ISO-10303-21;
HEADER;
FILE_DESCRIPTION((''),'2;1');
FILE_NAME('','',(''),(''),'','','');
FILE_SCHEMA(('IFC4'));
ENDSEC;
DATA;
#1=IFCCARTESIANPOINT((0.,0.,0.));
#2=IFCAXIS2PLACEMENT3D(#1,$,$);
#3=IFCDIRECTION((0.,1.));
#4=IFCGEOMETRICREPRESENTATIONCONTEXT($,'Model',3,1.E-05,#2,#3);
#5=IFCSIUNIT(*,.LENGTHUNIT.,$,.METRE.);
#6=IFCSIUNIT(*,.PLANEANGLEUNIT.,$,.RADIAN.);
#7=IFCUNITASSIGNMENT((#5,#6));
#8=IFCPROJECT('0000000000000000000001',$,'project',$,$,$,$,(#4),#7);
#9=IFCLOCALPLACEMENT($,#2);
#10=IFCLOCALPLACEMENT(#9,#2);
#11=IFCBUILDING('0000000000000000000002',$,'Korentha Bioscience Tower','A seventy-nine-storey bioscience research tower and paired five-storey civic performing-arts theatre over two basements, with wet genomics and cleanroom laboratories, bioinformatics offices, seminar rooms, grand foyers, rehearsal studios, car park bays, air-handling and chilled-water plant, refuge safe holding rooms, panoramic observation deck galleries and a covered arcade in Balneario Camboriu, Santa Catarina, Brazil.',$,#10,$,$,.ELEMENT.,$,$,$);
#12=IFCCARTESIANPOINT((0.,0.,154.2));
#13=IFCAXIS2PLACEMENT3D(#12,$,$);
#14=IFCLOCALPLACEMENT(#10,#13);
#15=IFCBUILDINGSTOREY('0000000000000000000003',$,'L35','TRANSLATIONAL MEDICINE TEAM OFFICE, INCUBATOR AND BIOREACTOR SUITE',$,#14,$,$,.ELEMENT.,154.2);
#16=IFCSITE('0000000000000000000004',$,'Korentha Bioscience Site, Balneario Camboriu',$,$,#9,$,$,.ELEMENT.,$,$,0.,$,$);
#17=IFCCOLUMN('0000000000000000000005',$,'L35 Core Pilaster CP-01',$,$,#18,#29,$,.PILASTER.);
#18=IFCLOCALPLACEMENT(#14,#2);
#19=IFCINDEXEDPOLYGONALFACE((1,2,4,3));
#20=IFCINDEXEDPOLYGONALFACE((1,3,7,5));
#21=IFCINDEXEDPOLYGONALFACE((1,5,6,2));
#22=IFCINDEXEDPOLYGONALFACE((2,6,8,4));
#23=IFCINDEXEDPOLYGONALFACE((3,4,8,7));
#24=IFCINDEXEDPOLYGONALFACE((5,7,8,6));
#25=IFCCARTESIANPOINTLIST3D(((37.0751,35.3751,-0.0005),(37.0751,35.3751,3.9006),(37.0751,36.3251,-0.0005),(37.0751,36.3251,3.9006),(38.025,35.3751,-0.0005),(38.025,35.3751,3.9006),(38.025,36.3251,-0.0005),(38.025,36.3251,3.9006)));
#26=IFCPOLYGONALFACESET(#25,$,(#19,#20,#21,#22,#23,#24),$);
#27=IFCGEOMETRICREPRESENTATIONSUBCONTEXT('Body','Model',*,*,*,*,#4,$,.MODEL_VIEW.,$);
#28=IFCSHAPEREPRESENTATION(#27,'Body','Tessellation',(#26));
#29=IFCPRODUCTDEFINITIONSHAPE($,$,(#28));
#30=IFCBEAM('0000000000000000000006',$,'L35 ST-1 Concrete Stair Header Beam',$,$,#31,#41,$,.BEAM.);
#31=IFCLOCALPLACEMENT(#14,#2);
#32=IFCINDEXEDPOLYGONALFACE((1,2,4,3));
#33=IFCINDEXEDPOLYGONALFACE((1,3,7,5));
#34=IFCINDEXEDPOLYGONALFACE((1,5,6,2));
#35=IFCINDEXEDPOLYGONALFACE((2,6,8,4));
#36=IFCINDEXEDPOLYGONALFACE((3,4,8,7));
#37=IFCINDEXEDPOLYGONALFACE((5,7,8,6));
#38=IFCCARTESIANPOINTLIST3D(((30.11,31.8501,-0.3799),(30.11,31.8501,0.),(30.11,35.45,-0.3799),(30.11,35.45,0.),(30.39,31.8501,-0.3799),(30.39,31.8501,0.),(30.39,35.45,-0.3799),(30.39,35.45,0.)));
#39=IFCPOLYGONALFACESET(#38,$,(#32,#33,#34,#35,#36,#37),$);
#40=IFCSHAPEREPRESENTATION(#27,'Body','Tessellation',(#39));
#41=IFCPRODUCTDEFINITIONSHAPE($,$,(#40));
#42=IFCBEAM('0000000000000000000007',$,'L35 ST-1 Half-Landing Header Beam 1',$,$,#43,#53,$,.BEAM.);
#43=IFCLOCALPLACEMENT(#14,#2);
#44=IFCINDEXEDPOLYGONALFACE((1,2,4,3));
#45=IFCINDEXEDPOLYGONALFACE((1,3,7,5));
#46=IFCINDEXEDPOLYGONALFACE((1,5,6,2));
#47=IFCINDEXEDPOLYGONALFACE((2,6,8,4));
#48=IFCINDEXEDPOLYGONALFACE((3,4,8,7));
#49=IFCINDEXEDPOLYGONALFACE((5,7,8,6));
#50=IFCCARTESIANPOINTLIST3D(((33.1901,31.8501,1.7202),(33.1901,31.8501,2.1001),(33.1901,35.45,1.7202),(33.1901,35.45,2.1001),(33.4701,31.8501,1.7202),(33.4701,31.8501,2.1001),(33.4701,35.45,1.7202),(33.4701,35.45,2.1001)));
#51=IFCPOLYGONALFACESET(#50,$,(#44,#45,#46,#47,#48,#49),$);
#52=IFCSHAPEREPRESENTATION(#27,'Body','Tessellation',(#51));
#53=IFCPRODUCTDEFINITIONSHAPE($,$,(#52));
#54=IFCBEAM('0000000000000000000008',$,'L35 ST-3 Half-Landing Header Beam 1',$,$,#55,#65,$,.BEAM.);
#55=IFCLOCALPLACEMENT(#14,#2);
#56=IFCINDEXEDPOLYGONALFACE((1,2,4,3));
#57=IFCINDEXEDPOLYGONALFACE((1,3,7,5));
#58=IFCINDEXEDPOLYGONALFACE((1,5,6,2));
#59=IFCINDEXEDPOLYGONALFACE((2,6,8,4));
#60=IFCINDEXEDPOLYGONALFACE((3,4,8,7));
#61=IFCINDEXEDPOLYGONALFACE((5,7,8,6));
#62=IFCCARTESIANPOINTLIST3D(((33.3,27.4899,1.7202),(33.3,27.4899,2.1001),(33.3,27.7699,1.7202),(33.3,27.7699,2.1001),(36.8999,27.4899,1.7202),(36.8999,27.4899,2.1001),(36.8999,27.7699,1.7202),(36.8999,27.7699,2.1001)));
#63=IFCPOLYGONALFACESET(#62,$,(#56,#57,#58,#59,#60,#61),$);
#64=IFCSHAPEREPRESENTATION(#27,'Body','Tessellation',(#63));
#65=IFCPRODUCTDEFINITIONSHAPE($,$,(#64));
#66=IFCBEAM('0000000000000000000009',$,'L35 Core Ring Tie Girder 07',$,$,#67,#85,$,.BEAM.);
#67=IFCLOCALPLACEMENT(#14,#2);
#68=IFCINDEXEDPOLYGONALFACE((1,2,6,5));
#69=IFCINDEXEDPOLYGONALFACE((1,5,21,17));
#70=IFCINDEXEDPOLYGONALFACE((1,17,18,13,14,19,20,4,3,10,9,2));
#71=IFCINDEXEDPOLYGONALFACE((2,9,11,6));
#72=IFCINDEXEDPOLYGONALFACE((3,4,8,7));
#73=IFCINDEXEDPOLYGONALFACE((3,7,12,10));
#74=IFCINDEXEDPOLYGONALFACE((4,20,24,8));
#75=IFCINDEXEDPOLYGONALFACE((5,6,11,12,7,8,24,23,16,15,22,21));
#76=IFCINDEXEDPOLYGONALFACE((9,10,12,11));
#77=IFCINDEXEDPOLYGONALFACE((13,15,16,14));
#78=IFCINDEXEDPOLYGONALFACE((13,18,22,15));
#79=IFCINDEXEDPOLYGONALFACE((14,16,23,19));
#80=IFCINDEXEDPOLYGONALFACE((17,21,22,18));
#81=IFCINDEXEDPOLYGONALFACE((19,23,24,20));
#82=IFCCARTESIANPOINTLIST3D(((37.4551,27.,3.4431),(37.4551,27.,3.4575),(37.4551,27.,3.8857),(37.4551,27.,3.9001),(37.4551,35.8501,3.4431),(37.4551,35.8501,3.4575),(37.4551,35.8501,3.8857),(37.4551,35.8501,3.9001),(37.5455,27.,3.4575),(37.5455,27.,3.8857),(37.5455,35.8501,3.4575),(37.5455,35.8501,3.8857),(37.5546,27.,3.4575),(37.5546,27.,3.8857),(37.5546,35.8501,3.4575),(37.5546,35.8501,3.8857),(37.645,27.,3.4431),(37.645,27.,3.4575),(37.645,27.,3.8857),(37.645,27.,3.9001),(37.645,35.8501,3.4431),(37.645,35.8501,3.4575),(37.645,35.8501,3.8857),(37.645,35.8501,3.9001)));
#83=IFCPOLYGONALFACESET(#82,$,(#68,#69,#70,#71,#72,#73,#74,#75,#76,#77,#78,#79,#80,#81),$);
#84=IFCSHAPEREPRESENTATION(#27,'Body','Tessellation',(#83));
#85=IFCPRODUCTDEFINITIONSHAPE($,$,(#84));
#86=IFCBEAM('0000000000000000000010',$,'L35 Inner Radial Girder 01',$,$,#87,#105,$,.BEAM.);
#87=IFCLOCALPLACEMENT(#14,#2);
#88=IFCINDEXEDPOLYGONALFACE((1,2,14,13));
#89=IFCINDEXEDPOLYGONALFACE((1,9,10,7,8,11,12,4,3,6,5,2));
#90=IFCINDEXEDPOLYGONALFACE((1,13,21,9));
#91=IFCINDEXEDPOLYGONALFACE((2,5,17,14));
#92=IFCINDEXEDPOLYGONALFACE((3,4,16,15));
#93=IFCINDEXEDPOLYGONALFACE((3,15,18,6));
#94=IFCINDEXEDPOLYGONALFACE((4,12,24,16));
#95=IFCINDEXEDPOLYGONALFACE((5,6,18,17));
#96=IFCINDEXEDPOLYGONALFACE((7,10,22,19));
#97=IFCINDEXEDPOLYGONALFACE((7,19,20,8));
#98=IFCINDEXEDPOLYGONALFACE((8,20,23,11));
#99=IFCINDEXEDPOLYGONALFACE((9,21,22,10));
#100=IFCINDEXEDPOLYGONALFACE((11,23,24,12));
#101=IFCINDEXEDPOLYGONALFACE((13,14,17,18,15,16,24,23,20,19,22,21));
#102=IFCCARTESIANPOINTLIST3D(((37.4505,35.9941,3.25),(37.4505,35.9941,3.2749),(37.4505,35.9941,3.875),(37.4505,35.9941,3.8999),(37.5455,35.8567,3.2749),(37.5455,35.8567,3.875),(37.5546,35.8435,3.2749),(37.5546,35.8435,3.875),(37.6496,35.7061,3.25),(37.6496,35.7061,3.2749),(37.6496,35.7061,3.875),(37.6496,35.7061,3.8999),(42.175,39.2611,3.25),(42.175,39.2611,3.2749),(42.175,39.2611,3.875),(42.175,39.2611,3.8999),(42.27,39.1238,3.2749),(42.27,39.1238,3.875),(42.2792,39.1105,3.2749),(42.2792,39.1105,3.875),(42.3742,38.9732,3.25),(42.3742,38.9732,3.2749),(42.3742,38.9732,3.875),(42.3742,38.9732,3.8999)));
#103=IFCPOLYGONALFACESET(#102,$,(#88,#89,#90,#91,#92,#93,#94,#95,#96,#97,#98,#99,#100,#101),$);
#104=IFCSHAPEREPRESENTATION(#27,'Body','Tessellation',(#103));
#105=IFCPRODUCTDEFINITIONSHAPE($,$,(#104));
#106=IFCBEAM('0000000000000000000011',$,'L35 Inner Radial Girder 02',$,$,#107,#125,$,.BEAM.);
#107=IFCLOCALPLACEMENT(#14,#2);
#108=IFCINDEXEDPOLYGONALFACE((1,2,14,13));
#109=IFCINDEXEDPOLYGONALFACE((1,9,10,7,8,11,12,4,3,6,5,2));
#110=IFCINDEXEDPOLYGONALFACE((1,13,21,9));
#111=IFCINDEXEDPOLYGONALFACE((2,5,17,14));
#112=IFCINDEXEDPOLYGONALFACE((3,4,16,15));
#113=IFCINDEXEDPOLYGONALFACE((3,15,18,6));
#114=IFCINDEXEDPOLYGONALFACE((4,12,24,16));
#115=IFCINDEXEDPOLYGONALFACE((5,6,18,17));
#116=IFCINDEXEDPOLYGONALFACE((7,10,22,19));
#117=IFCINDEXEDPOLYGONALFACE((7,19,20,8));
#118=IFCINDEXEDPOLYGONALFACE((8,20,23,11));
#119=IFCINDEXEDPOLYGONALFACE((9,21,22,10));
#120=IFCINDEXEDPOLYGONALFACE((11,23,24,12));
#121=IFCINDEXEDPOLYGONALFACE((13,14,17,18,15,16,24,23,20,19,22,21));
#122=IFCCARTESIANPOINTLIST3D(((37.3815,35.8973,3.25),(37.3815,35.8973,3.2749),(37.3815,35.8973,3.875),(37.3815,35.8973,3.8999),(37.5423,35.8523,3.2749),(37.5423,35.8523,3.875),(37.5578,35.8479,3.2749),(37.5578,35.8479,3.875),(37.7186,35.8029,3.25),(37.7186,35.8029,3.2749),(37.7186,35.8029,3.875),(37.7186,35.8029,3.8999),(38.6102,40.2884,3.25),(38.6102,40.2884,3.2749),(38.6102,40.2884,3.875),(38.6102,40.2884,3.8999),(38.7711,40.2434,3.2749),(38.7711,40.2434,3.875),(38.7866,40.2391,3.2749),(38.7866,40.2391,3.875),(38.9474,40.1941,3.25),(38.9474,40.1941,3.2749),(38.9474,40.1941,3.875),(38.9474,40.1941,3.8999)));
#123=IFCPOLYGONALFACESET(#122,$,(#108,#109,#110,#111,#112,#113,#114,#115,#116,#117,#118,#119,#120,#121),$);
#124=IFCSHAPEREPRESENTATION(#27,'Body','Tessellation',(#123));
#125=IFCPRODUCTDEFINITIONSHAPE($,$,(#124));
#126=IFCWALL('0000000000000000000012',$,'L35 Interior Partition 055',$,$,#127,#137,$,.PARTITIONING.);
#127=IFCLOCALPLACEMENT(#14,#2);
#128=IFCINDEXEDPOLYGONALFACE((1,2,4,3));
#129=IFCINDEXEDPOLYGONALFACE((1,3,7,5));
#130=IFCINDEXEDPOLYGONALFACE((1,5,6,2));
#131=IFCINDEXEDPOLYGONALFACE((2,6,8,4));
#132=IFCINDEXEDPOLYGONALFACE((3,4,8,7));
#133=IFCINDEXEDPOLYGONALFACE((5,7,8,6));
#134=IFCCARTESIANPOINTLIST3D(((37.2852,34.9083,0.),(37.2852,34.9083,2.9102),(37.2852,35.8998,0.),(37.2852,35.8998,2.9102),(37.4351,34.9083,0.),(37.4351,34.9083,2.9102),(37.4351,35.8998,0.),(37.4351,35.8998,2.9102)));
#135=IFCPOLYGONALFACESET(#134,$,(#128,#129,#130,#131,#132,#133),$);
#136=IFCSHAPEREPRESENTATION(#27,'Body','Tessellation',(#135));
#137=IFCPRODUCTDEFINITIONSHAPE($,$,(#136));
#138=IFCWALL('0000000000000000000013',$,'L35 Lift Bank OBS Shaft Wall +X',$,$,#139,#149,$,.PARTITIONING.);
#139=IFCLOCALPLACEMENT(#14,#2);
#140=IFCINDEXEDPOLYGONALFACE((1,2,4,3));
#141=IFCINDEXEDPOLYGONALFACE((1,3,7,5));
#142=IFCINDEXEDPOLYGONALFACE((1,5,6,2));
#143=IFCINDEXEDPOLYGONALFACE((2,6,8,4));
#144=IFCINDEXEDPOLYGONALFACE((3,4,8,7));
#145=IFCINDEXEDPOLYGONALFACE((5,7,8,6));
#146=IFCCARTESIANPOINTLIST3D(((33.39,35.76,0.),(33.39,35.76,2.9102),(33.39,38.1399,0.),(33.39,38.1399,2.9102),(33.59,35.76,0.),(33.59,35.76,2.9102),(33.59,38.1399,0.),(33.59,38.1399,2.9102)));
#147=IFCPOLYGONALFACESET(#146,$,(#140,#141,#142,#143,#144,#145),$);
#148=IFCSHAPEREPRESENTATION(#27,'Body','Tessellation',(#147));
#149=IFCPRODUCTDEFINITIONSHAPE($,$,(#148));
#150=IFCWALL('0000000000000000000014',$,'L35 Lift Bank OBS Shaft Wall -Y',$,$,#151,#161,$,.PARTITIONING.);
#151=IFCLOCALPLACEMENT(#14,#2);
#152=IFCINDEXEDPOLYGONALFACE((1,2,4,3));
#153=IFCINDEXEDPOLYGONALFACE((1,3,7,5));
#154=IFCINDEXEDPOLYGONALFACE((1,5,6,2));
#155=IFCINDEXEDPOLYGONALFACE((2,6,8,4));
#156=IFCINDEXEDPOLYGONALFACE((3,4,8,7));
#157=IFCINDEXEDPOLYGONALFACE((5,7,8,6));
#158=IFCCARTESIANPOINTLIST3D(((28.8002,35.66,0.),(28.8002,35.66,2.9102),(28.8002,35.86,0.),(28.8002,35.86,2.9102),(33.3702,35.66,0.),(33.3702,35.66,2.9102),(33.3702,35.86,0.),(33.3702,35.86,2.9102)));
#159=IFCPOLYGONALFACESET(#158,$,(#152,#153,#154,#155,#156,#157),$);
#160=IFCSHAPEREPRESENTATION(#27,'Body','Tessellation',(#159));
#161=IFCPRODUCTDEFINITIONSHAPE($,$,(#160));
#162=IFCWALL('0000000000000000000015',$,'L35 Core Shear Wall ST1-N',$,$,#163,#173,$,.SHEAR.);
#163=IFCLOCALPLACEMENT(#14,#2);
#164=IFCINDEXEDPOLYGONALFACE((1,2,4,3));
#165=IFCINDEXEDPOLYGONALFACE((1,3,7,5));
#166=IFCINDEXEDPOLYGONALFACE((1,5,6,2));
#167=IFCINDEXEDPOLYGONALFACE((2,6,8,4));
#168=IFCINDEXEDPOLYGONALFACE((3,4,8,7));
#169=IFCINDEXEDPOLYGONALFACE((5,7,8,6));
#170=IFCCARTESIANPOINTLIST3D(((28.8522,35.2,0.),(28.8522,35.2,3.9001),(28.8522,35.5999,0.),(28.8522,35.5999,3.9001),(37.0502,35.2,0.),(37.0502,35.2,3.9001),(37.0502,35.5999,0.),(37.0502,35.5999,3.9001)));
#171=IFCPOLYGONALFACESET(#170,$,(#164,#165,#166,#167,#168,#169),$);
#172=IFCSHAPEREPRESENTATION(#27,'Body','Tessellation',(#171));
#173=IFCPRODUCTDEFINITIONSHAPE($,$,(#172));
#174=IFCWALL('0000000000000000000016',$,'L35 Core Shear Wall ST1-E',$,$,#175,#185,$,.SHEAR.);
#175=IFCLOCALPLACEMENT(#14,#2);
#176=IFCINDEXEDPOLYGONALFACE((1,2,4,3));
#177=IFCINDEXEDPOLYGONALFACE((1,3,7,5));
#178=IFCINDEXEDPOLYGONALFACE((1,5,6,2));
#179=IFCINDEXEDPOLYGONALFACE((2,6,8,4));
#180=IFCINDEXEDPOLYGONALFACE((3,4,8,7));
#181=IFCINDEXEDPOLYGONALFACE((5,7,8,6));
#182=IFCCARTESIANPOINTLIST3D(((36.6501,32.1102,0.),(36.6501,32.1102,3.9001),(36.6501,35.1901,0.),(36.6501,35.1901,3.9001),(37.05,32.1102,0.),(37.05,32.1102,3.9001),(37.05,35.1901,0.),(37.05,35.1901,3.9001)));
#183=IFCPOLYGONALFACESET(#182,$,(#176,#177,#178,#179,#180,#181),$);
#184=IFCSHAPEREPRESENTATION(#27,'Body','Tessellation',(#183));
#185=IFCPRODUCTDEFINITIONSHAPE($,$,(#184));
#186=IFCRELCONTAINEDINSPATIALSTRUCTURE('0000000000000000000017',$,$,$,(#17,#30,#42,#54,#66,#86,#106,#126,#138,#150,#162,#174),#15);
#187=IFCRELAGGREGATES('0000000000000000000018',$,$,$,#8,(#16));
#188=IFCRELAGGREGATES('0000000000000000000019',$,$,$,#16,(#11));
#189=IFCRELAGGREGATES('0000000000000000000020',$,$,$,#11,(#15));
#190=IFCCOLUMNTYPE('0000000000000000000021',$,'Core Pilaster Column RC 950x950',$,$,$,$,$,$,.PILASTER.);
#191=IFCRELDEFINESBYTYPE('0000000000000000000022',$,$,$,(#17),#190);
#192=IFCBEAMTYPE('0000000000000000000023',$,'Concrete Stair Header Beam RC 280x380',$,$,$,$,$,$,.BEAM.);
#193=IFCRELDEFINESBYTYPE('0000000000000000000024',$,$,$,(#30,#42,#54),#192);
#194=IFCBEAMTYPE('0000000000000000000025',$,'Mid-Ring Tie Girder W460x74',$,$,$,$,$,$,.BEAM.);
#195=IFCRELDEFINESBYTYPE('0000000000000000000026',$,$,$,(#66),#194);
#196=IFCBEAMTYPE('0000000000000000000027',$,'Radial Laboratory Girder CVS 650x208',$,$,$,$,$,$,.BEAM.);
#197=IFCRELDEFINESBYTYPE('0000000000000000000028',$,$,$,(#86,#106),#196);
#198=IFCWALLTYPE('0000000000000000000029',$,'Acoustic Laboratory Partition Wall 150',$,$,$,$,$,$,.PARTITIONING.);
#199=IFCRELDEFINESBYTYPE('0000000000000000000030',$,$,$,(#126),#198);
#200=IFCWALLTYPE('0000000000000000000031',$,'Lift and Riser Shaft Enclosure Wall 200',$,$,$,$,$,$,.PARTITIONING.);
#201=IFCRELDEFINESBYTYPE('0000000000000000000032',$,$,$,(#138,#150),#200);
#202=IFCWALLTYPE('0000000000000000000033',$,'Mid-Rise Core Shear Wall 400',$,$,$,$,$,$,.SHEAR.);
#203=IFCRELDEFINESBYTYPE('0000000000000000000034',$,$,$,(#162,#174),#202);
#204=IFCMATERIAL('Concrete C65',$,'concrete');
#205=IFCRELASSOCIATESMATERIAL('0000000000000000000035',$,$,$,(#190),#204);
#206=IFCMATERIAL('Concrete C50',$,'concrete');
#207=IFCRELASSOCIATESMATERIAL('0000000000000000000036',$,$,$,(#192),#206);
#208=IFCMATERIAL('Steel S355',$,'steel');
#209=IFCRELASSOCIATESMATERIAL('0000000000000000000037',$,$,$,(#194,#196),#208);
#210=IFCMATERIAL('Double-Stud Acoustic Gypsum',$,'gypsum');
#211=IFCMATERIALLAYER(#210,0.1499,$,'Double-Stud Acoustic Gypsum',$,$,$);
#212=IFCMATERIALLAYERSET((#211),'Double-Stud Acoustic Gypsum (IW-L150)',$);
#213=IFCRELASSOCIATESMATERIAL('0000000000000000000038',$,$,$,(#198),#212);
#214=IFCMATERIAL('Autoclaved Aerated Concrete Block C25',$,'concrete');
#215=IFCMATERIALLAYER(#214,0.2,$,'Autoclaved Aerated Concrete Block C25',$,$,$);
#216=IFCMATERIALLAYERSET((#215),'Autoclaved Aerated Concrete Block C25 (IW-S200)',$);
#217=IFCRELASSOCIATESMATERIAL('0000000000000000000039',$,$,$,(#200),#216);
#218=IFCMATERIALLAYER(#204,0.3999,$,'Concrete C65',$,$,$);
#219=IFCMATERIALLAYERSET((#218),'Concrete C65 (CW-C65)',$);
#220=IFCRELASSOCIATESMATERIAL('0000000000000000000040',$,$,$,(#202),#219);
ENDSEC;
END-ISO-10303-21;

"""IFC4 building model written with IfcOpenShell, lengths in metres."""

from ifc_helpers import new_model, si_unit, direction, frame, frame_2d, origin, origin_2d, place, context, subcontext, project, spatial, rectangle, i_section, extrude, material, layer, layer_set, material_profile, profile_set, type_object, element, save


model = new_model("IFC4")

# Units and contexts
model_context = context("Model", 3, precision=1e-05, world=origin(), true_north=direction((0.0, 1.0)))
body_context = subcontext(model_context, "Body", "Model", "MODEL_VIEW")
ifc_project = project(units=[si_unit("LENGTHUNIT", "METRE"), si_unit("PLANEANGLEUNIT", "RADIAN")], contexts=[model_context])

# Site, building, storey
site_placement = place(None, origin())
site = spatial("IfcSite", under=ifc_project, at=site_placement, Name="Korentha Bioscience Site, Balneario Camboriu", CompositionType="ELEMENT", RefElevation=0.0)
building_placement = place(site_placement, origin())
building = spatial("IfcBuilding", under=site, at=building_placement, Name="Korentha Bioscience Tower", Description="A seventy-nine-storey bioscience research tower and paired five-storey civic performing-arts theatre over two basements, with wet genomics and cleanroom laboratories, bioinformatics offices, seminar rooms, grand foyers, rehearsal studios, car park bays, air-handling and chilled-water plant, refuge safe holding rooms, panoramic observation deck galleries and a covered arcade in Balneario Camboriu, Santa Catarina, Brazil.", CompositionType="ELEMENT")
storey_placement = place(building_placement, frame((0.0, 0.0, 154.2)))
storey = spatial("IfcBuildingStorey", under=building, at=storey_placement, Name="L35", Description="TRANSLATIONAL MEDICINE TEAM OFFICE, INCUBATOR AND BIOREACTOR SUITE", CompositionType="ELEMENT", Elevation=154.2)

# Column
ifc_material_1 = material(Name="Concrete C65", Category="concrete")
ifc_material_profile_1 = material_profile(ifc_material_1, rectangle(XDim=0.95, YDim=0.95, at=origin_2d()), Name="Concrete C65")
ifc_profile_set_1 = profile_set([ifc_material_profile_1], Name="Concrete C65 (COL-CP09)")
column_type = type_object("IfcColumnType", Name="Core Pilaster Column RC 950x950", PredefinedType="PILASTER", material=ifc_profile_set_1)
column_placement = place(storey_placement, frame((37.55, 35.8501, -0.0005), z_axis=(0.0, 0.0, 1.0), x_axis=(1.0, 0.0, 0.0)))
element("IfcColumn", 1, at=column_placement, inside=storey, type_object=column_type, Name="L35 Core Pilaster CP-01", PredefinedType="PILASTER", context=body_context, shape_type="SweptSolid", body=[
    extrude(rectangle(XDim=0.95, YDim=0.95, at=origin_2d()), origin(), (0.0, 0.0, 1.0), 3.9011),
])

# Beams
ifc_material_2 = material(Name="Concrete C50", Category="concrete")
ifc_material_profile_2 = material_profile(ifc_material_2, rectangle(XDim=0.28, YDim=0.3799, at=origin_2d()), Name="Concrete C50")
ifc_profile_set_2 = profile_set([ifc_material_profile_2], Name="Concrete C50 (ST-HB380)")
beam_type_1 = type_object("IfcBeamType", Name="Concrete Stair Header Beam RC 280x380", PredefinedType="BEAM", material=ifc_profile_set_2)
for number, where, z_axis, x_axis, name in (
    (2, (30.25, 31.8501, -0.1899), (0.0, 1.0, 0.0), (-1.0, 0.0, 0.0), "L35 ST-1 Concrete Stair Header Beam"),
    (3, (33.3301, 31.8501, 1.9102), (0.0, 1.0, 0.0), (-1.0, 0.0, 0.0), "L35 ST-1 Half-Landing Header Beam 1"),
    (4, (36.8999, 27.6299, 1.9102), (-1.0, 0.0, 0.0), (0.0, -1.0, 0.0), "L35 ST-3 Half-Landing Header Beam 1"),
):
    element("IfcBeam", number, at=place(storey_placement, frame(where, z_axis=z_axis, x_axis=x_axis)), inside=storey, type_object=beam_type_1, Name=name, PredefinedType="BEAM", context=body_context, shape_type="SweptSolid", body=[
        extrude(rectangle(XDim=0.28, YDim=0.3799, at=origin_2d()), origin(), (0.0, 0.0, 1.0), 3.5999),
    ])
ifc_material_3 = material(Name="Steel S355", Category="steel")
ifc_material_profile_3 = material_profile(ifc_material_3, i_section(OverallWidth=0.1899, OverallDepth=0.457, WebThickness=0.009, FlangeThickness=0.0144, at=origin_2d()), Name="Steel S355")
ifc_profile_set_3 = profile_set([ifc_material_profile_3], Name="Steel S355 (MB-460)")
beam_type_2 = type_object("IfcBeamType", Name="Mid-Ring Tie Girder W460x74", PredefinedType="BEAM", material=ifc_profile_set_3)
beam_1_placement = place(storey_placement, frame((37.55, 27.0, 3.6716), z_axis=(0.0, 1.0, 0.0), x_axis=(-1.0, 0.0, 0.0)))
element("IfcBeam", 5, at=beam_1_placement, inside=storey, type_object=beam_type_2, Name="L35 Core Ring Tie Girder 07", PredefinedType="BEAM", context=body_context, shape_type="SweptSolid", body=[
    extrude(i_section(OverallWidth=0.1899, OverallDepth=0.457, WebThickness=0.009, FlangeThickness=0.0144, at=origin_2d()), origin(), (0.0, 0.0, 1.0), 8.8501),
])
ifc_material_profile_4 = material_profile(ifc_material_3, i_section(OverallWidth=0.3501, OverallDepth=0.6499, WebThickness=0.0161, FlangeThickness=0.0249, at=origin_2d()), Name="Steel S355")
ifc_profile_set_4 = profile_set([ifc_material_profile_4], Name="Steel S355 (RB-650)")
beam_type_3 = type_object("IfcBeamType", Name="Radial Laboratory Girder CVS 650x208", PredefinedType="BEAM", material=ifc_profile_set_4)
beam_2_placement = place(storey_placement, frame((37.55, 35.8501, 3.575), z_axis=(0.822501, 0.568763, 0.0), x_axis=(-0.568763, 0.822501, 0.0)))
element("IfcBeam", 6, at=beam_2_placement, inside=storey, type_object=beam_type_3, Name="L35 Inner Radial Girder 01", PredefinedType="BEAM", context=body_context, shape_type="SweptSolid", body=[
    extrude(i_section(OverallWidth=0.3501, OverallDepth=0.6499, WebThickness=0.0161, FlangeThickness=0.0249, at=origin_2d()), origin(), (0.0, 0.0, 1.0), 5.7441),
])
beam_3_placement = place(storey_placement, frame((37.55, 35.8501, 3.575), z_axis=(0.269477, 0.963007, 0.0), x_axis=(-0.963007, 0.269477, 0.0)))
element("IfcBeam", 7, at=beam_3_placement, inside=storey, type_object=beam_type_3, Name="L35 Inner Radial Girder 02", PredefinedType="BEAM", context=body_context, shape_type="SweptSolid", body=[
    extrude(i_section(OverallWidth=0.3501, OverallDepth=0.6499, WebThickness=0.0161, FlangeThickness=0.0249, at=origin_2d()), origin(), (0.0, 0.0, 1.0), 4.5598),
])

# Walls
ifc_material_4 = material(Name="Double-Stud Acoustic Gypsum", Category="gypsum")
ifc_layer_1 = layer(ifc_material_4, 0.1499, Name="Double-Stud Acoustic Gypsum")
ifc_layer_set_1 = layer_set([ifc_layer_1], Name="Double-Stud Acoustic Gypsum (IW-L150)")
wall_type_1 = type_object("IfcWallType", Name="Acoustic Laboratory Partition Wall 150", PredefinedType="PARTITIONING", material=ifc_layer_set_1)
wall_1_placement = place(storey_placement, frame((37.3601, 34.9084, 0.0), z_axis=(0.0, 0.0, 1.0), x_axis=(0.0, 1.0, 0.0)))
element("IfcWall", 8, at=wall_1_placement, inside=storey, type_object=wall_type_1, Name="L35 Interior Partition 055", PredefinedType="PARTITIONING", context=body_context, shape_type="SweptSolid", body=[
    extrude(rectangle(XDim=0.9915, YDim=0.1499, at=frame_2d((0.4956, 0.0))), origin(), (0.0, 0.0, 1.0), 2.9102),
])
ifc_material_5 = material(Name="Autoclaved Aerated Concrete Block C25", Category="concrete")
ifc_layer_2 = layer(ifc_material_5, 0.2, Name="Autoclaved Aerated Concrete Block C25")
ifc_layer_set_2 = layer_set([ifc_layer_2], Name="Autoclaved Aerated Concrete Block C25 (IW-S200)")
wall_type_2 = type_object("IfcWallType", Name="Lift and Riser Shaft Enclosure Wall 200", PredefinedType="PARTITIONING", material=ifc_layer_set_2)
wall_2_placement = place(storey_placement, frame((33.49, 35.76, 0.0), z_axis=(0.0, 0.0, 1.0), x_axis=(0.0, 1.0, 0.0)))
element("IfcWall", 9, at=wall_2_placement, inside=storey, type_object=wall_type_2, Name="L35 Lift Bank OBS Shaft Wall +X", PredefinedType="PARTITIONING", context=body_context, shape_type="SweptSolid", body=[
    extrude(rectangle(XDim=2.3799, YDim=0.2, at=frame_2d((1.1899, 0.0))), origin(), (0.0, 0.0, 1.0), 2.9102),
])
wall_3_placement = place(storey_placement, frame((28.8, 35.76, 0.0), z_axis=(0.0, 0.0, 1.0), x_axis=(1.0, 0.0, 0.0)))
element("IfcWall", 10, at=wall_3_placement, inside=storey, type_object=wall_type_2, Name="L35 Lift Bank OBS Shaft Wall -Y", PredefinedType="PARTITIONING", context=body_context, shape_type="SweptSolid", body=[
    extrude(rectangle(XDim=4.5701, YDim=0.2, at=frame_2d((2.2852, 0.0))), origin(), (0.0, 0.0, 1.0), 2.9102),
])
ifc_layer_3 = layer(ifc_material_1, 0.3999, Name="Concrete C65")
ifc_layer_set_3 = layer_set([ifc_layer_3], Name="Concrete C65 (CW-C65)")
wall_type_3 = type_object("IfcWallType", Name="Mid-Rise Core Shear Wall 400", PredefinedType="SHEAR", material=ifc_layer_set_3)
wall_4_placement = place(storey_placement, frame((28.8521, 35.3999, 0.0), z_axis=(0.0, 0.0, 1.0), x_axis=(1.0, 0.0, 0.0)))
element("IfcWall", 11, at=wall_4_placement, inside=storey, type_object=wall_type_3, Name="L35 Core Shear Wall ST1-N", PredefinedType="SHEAR", context=body_context, shape_type="SweptSolid", body=[
    extrude(rectangle(XDim=8.198, YDim=0.3999, at=frame_2d((4.0991, 0.0))), origin(), (0.0, 0.0, 1.0), 3.9001),
])
wall_5_placement = place(storey_placement, frame((36.8501, 32.1101, 0.0), z_axis=(0.0, 0.0, 1.0), x_axis=(0.0, 1.0, 0.0)))
element("IfcWall", 12, at=wall_5_placement, inside=storey, type_object=wall_type_3, Name="L35 Core Shear Wall ST1-E", PredefinedType="SHEAR", context=body_context, shape_type="SweptSolid", body=[
    extrude(rectangle(XDim=3.0798, YDim=0.3999, at=frame_2d((1.54, 0.0))), origin(), (0.0, 0.0, 1.0), 3.9001),
])

save(model, "model.ifc")
